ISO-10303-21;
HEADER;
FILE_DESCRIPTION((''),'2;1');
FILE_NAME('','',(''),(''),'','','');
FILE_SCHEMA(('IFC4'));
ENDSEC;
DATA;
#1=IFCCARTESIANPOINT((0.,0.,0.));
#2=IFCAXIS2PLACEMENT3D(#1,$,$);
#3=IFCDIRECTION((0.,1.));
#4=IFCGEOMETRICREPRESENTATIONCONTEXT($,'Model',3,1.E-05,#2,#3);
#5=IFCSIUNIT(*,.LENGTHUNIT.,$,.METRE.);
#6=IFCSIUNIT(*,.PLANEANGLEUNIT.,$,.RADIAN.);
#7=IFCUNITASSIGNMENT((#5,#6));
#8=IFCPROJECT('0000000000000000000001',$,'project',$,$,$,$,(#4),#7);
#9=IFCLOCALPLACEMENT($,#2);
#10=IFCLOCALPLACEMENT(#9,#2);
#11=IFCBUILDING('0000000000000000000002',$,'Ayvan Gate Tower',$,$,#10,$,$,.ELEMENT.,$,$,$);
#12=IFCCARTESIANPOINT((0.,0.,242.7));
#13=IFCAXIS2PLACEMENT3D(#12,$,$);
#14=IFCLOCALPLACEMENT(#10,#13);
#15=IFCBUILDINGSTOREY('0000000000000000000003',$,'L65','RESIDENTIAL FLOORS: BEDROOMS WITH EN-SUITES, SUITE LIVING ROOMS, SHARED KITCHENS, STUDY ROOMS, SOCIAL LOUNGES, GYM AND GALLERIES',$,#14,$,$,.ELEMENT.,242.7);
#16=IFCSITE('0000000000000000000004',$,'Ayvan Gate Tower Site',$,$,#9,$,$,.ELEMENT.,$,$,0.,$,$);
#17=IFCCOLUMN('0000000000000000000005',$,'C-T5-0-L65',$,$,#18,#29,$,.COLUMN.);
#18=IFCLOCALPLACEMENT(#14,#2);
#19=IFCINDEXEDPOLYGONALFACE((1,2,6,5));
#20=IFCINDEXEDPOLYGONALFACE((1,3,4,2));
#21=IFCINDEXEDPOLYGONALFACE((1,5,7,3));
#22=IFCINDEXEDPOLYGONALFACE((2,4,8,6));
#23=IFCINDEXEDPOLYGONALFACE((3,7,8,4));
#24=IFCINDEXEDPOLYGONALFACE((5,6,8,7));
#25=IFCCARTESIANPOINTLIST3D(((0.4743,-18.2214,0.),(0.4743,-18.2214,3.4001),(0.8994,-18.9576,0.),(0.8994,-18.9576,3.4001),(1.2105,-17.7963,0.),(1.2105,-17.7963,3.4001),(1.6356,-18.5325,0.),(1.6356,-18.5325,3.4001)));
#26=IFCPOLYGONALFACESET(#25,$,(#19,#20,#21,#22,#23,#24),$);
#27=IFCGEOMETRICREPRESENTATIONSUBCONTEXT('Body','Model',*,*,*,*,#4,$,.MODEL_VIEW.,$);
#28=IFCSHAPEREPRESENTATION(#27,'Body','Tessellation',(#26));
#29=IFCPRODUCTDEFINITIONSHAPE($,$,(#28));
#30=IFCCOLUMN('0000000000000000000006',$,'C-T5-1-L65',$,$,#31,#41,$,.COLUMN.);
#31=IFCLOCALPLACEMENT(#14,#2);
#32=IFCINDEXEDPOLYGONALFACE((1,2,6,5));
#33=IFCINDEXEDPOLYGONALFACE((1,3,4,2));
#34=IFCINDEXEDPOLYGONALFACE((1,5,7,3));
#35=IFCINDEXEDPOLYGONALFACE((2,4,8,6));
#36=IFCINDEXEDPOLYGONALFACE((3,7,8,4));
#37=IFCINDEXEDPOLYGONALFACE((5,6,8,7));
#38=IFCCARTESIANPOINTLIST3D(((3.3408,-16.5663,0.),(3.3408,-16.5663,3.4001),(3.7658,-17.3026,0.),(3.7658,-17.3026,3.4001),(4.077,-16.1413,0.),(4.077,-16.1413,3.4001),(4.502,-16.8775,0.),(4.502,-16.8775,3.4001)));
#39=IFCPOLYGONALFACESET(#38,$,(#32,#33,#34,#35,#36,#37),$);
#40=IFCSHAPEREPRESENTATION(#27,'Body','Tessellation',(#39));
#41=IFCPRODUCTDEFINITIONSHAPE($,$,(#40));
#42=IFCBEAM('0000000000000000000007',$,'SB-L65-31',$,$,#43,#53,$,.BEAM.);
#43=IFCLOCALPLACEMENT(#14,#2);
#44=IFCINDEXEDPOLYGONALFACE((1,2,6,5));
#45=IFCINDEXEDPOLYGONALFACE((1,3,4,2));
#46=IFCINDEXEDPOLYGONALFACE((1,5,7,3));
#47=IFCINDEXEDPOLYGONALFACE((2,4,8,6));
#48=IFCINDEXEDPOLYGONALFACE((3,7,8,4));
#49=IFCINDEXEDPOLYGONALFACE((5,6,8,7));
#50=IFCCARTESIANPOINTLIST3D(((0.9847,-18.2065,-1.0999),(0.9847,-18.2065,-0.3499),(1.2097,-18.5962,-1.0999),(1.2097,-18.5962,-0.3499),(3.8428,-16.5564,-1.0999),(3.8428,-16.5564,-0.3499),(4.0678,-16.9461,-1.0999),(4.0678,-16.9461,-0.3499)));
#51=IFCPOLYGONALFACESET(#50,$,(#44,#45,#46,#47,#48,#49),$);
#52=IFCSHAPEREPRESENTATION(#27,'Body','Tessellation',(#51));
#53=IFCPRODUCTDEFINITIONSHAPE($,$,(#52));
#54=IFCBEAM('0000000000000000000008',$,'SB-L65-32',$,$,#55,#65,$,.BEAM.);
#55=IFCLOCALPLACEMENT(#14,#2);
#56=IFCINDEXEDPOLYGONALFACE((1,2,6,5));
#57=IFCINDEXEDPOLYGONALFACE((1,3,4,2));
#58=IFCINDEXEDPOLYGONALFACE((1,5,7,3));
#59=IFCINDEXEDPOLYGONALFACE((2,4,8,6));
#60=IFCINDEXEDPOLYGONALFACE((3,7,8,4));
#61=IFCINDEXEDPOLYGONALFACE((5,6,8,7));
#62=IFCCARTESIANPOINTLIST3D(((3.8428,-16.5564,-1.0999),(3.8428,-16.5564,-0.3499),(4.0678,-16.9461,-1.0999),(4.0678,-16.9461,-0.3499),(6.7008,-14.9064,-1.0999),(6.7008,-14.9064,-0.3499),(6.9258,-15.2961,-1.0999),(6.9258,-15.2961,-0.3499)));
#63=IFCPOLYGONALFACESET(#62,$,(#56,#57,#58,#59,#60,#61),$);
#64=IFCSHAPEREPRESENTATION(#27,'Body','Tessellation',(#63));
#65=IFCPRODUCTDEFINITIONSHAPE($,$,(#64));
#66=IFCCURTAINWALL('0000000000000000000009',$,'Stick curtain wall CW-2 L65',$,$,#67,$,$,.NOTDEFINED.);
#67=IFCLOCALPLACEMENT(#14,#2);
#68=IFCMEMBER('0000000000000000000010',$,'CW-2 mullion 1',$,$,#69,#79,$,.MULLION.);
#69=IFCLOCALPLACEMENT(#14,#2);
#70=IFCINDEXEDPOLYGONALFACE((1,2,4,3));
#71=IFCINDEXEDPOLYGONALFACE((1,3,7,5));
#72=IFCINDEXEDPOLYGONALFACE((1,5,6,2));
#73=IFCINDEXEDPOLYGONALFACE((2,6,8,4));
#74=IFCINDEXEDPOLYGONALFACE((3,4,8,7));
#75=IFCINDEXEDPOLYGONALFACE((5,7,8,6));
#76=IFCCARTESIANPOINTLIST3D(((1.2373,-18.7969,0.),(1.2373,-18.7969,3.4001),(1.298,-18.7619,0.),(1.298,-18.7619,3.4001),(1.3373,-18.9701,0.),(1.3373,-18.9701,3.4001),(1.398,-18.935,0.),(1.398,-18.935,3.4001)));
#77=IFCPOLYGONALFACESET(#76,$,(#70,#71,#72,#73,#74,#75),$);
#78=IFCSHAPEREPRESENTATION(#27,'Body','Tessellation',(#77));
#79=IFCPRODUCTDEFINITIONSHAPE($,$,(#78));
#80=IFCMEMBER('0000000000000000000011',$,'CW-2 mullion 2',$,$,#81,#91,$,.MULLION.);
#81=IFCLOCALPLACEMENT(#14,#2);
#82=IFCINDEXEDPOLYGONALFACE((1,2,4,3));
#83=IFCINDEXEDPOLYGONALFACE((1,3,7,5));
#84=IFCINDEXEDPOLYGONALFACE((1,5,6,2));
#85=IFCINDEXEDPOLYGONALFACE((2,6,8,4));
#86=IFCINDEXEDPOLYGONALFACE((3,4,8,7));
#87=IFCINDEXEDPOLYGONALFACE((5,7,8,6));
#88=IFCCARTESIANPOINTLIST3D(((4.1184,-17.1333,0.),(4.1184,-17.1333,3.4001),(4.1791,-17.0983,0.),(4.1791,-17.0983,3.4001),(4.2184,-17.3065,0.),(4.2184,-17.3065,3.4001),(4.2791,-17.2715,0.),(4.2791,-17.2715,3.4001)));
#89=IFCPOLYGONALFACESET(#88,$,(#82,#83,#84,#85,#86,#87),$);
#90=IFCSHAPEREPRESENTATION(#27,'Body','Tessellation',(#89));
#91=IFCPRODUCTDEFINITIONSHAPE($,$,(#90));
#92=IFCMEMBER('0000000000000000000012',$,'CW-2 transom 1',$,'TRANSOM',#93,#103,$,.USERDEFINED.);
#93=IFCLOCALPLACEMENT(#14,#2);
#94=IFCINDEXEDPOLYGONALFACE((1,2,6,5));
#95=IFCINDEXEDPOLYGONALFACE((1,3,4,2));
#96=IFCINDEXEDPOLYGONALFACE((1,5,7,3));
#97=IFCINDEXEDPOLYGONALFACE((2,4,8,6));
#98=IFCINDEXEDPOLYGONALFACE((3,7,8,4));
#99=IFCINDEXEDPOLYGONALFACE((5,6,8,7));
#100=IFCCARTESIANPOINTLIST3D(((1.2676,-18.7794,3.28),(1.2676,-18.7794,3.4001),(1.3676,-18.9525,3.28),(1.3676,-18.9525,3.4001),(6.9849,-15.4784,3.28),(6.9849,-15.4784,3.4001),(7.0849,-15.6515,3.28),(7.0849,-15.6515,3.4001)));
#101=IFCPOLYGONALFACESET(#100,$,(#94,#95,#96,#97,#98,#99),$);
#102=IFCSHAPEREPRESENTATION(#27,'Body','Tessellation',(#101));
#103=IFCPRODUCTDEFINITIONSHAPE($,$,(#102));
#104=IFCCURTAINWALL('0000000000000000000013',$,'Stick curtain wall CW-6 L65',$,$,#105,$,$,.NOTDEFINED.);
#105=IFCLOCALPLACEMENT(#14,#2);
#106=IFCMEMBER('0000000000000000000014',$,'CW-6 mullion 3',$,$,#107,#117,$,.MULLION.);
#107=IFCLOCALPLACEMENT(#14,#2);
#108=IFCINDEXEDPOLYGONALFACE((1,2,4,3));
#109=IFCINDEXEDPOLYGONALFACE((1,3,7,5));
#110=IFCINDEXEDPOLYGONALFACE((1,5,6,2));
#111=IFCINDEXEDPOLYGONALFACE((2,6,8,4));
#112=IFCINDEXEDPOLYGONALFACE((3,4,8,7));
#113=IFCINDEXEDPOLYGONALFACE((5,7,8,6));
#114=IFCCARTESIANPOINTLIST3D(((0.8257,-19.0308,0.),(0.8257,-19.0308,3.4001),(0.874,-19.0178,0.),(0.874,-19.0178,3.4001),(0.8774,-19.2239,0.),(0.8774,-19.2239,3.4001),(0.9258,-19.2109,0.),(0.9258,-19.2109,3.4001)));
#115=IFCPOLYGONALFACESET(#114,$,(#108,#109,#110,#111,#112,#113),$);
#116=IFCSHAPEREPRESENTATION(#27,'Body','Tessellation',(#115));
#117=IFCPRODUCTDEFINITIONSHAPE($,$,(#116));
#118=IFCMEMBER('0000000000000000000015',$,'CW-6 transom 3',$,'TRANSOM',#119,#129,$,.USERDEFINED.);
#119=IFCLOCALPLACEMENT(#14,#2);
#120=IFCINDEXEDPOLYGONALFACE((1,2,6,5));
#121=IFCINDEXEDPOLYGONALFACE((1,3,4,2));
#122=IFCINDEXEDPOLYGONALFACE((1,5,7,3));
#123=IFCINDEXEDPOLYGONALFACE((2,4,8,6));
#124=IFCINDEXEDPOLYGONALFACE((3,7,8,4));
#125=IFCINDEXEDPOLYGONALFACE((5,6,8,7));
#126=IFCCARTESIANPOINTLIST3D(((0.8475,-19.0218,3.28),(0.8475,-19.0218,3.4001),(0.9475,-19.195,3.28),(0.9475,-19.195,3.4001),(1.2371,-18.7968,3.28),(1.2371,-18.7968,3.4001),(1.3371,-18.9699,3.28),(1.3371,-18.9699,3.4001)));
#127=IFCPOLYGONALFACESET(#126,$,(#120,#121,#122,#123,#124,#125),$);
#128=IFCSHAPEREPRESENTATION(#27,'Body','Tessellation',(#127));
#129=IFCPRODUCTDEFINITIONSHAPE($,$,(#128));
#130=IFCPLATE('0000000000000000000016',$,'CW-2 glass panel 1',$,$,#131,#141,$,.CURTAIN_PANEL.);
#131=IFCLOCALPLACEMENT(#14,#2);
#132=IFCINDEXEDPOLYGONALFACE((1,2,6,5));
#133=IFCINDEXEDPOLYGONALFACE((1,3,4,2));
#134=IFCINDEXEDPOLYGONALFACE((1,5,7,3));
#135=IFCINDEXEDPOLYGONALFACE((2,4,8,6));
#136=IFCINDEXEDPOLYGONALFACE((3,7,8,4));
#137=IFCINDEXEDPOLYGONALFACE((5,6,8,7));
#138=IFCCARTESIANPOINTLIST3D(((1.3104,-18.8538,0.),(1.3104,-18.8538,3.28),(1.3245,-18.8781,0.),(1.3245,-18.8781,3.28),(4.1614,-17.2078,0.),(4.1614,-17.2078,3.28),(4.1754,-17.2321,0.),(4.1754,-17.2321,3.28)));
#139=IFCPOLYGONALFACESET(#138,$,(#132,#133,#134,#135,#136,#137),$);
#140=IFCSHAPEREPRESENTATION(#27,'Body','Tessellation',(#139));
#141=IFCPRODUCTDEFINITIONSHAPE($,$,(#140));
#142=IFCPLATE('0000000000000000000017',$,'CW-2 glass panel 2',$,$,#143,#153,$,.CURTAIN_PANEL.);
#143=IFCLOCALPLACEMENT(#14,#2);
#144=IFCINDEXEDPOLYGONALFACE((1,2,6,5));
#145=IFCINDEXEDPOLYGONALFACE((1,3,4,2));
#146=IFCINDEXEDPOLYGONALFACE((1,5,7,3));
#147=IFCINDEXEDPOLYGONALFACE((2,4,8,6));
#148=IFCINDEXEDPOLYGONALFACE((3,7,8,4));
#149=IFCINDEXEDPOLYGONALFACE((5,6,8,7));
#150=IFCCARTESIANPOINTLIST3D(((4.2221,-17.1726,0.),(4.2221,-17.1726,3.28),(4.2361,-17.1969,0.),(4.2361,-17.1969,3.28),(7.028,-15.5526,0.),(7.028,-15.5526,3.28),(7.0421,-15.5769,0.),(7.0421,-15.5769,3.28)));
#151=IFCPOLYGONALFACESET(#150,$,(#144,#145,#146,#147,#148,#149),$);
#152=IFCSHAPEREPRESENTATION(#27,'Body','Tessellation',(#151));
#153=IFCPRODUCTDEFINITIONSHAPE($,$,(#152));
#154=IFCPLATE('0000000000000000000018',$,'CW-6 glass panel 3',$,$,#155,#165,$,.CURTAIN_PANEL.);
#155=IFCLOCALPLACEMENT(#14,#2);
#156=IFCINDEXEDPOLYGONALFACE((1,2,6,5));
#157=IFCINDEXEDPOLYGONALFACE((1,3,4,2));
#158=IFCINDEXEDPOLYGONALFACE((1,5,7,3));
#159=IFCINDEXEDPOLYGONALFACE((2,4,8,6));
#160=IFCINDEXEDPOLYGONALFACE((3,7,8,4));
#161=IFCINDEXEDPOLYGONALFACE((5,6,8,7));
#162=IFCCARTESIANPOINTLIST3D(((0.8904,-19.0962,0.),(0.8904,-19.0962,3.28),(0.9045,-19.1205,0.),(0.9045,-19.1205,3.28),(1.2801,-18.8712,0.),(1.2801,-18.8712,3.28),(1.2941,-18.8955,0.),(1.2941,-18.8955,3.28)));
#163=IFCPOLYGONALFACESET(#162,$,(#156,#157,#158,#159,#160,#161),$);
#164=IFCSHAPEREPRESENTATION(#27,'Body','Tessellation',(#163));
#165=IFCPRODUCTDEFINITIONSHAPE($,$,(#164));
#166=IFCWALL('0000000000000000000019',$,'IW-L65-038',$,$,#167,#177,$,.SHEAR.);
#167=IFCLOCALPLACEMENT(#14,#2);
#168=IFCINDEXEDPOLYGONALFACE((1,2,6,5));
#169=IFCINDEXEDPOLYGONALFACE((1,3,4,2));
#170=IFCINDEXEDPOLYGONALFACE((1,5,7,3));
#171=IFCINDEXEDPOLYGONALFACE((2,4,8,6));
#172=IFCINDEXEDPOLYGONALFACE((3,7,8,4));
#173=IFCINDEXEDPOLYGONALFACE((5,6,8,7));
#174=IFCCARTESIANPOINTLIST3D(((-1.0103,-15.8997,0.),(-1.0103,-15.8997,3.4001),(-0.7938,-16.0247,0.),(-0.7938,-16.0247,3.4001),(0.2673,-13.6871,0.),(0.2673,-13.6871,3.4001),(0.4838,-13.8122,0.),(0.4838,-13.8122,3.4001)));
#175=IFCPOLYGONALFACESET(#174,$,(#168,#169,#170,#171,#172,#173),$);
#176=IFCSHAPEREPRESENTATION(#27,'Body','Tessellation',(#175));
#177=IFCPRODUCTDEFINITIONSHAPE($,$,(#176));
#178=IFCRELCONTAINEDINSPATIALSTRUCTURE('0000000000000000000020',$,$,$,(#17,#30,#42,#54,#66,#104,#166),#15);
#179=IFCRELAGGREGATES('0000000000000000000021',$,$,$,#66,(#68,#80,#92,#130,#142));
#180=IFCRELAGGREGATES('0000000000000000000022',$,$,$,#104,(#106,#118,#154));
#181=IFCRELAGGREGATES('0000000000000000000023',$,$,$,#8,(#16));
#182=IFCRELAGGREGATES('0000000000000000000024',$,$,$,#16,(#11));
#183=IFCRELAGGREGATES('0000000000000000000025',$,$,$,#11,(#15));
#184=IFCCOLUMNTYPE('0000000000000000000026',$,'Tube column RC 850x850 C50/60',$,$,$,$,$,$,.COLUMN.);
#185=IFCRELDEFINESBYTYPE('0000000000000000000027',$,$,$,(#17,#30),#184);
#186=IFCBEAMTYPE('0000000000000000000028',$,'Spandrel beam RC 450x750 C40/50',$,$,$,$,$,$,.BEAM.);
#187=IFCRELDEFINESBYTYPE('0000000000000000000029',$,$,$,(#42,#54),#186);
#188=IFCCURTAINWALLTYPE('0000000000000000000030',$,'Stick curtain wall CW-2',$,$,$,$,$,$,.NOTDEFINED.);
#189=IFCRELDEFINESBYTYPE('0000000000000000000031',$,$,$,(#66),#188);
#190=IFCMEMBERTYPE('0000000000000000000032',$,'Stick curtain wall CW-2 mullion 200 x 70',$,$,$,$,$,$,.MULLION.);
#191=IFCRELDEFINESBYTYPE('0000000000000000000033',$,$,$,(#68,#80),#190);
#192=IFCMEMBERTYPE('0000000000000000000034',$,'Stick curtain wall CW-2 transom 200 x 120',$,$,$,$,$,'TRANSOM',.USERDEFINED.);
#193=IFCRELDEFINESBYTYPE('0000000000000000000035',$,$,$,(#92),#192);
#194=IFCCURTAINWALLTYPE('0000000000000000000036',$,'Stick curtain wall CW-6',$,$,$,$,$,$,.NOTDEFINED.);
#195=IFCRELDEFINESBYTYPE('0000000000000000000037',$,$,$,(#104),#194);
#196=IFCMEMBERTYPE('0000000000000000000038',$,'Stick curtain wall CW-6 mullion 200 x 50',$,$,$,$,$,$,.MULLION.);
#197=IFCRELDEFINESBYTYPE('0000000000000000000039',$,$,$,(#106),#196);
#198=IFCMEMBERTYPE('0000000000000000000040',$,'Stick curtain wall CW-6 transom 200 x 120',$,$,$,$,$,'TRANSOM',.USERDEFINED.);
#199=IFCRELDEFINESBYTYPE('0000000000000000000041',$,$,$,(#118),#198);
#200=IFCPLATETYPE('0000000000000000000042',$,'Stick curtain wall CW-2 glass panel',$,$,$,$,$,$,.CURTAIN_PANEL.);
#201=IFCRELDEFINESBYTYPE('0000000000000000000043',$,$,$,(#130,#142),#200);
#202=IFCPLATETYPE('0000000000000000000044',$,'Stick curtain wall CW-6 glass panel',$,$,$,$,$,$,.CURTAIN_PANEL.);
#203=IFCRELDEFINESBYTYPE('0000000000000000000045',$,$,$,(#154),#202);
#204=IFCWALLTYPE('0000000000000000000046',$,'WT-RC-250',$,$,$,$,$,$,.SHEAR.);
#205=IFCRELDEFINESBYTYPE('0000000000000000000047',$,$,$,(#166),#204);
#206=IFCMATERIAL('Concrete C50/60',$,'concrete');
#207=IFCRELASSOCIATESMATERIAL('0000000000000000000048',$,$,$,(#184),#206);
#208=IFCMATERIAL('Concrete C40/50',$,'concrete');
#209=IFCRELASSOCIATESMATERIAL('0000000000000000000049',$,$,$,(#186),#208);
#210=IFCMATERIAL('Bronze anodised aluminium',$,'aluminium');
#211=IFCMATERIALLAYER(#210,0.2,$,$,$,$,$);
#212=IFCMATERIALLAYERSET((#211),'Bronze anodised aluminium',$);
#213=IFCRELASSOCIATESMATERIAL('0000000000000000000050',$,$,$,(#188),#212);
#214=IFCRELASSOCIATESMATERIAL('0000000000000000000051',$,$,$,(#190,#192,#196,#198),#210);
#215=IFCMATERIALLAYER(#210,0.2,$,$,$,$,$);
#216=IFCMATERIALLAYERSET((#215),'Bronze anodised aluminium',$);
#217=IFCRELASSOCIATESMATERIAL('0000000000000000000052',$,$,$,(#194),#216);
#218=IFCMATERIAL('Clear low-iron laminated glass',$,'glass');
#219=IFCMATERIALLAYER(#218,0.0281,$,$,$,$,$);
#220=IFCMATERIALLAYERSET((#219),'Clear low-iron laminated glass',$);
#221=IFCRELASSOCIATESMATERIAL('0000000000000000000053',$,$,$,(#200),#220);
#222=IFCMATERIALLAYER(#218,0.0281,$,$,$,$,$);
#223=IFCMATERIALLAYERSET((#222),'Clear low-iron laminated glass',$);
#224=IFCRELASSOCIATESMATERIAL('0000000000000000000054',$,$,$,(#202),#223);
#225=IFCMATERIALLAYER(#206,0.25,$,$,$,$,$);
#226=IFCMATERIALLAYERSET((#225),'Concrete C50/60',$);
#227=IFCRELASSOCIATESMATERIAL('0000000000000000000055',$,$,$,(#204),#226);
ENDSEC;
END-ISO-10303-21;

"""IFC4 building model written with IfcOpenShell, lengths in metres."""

from ifc_helpers import new_model, si_unit, direction, frame, frame_2d, origin, origin_2d, place, context, subcontext, project, spatial, rectangle, extrude, material, layer, layer_set, material_profile, profile_set, type_object, element, aggregate, save


model = new_model("IFC4")

# Units and contexts
model_context = context("Model", 3, precision=1e-05, world=origin(), true_north=direction((0.0, 1.0)))
body_context = subcontext(model_context, "Body", "Model", "MODEL_VIEW")
ifc_project = project(units=[si_unit("LENGTHUNIT", "METRE"), si_unit("PLANEANGLEUNIT", "RADIAN")], contexts=[model_context])

# Site, building, storey
site_placement = place(None, origin())
site = spatial("IfcSite", under=ifc_project, at=site_placement, Name="Ayvan Gate Tower Site", CompositionType="ELEMENT", RefElevation=0.0)
building_placement = place(site_placement, origin())
building = spatial("IfcBuilding", under=site, at=building_placement, Name="Ayvan Gate Tower", CompositionType="ELEMENT")
storey_placement = place(building_placement, frame((0.0, 0.0, 242.7)))
storey = spatial("IfcBuildingStorey", under=building, at=storey_placement, Name="L65", Description="RESIDENTIAL FLOORS: BEDROOMS WITH EN-SUITES, SUITE LIVING ROOMS, SHARED KITCHENS, STUDY ROOMS, SOCIAL LOUNGES, GYM AND GALLERIES", CompositionType="ELEMENT", Elevation=242.7)

# Columns
ifc_material_1 = material(Name="Concrete C50/60", Category="concrete")
ifc_material_profile_1 = material_profile(ifc_material_1, rectangle(XDim=0.8501, YDim=0.8501, at=origin_2d()), Name="RC 850x850")
ifc_profile_set_1 = profile_set([ifc_material_profile_1], Name="Concrete C50/60")
column_type = type_object("IfcColumnType", Name="Tube column RC 850x850 C50/60", PredefinedType="COLUMN", material=ifc_profile_set_1)
for number, where, z_axis, x_axis, name in (
    (1, (1.0549, -18.377, 0.0), (0.0, 0.0, 1.0), (0.5, -0.866025, 0.0), "C-T5-0-L65"),
    (2, (3.9214, -16.7219, 0.0), (0.0, 0.0, 1.0), (0.5, -0.866025, 0.0), "C-T5-1-L65"),
):
    element("IfcColumn", number, at=place(storey_placement, frame(where, z_axis=z_axis, x_axis=x_axis)), inside=storey, type_object=column_type, Name=name, PredefinedType="COLUMN", context=body_context, shape_type="SweptSolid", body=[
        extrude(rectangle(XDim=0.8501, YDim=0.8501, at=origin_2d()), origin(), (0.0, 0.0, 1.0), 3.4001),
    ])

# Beams
ifc_material_2 = material(Name="Concrete C40/50", Category="concrete")
ifc_material_profile_2 = material_profile(ifc_material_2, rectangle(XDim=0.45, YDim=0.75, at=origin_2d()), Name="RC 450x750")
ifc_profile_set_2 = profile_set([ifc_material_profile_2], Name="Concrete C40/50")
beam_type = type_object("IfcBeamType", Name="Spandrel beam RC 450x750 C40/50", PredefinedType="BEAM", material=ifc_profile_set_2)
beam_1_placement = place(storey_placement, frame((1.0972, -18.4014, -0.7249), z_axis=(0.866027, 0.499998, 0.0), x_axis=(-0.499998, 0.866027, 0.0)))
element("IfcBeam", 3, at=beam_1_placement, inside=storey, type_object=beam_type, Name="SB-L65-31", PredefinedType="BEAM", context=body_context, shape_type="SweptSolid", body=[
    extrude(rectangle(XDim=0.45, YDim=0.75, at=origin_2d()), origin(), (0.0, 0.0, 1.0), 3.3003),
])
beam_2_placement = place(storey_placement, frame((3.9553, -16.7512, -0.7249), z_axis=(0.86604, 0.499974, 0.0), x_axis=(-0.499974, 0.86604, 0.0)))
element("IfcBeam", 4, at=beam_2_placement, inside=storey, type_object=beam_type, Name="SB-L65-32", PredefinedType="BEAM", context=body_context, shape_type="SweptSolid", body=[
    extrude(rectangle(XDim=0.45, YDim=0.75, at=origin_2d()), origin(), (0.0, 0.0, 1.0), 3.3),
])

# Curtain walls, members
ifc_material_3 = material(Name="Bronze anodised aluminium", Category="aluminium")
ifc_layer_1 = layer(ifc_material_3, 0.2)
ifc_layer_set_1 = layer_set([ifc_layer_1], Name="Bronze anodised aluminium")
curtain_wall_type_1 = type_object("IfcCurtainWallType", Name="Stick curtain wall CW-2", PredefinedType="NOTDEFINED", material=ifc_layer_set_1)
curtain_wall_1_placement = place(storey_placement, origin())
curtain_wall_1 = element("IfcCurtainWall", 5, at=curtain_wall_1_placement, inside=storey, type_object=curtain_wall_type_1, Name="Stick curtain wall CW-2 L65", PredefinedType="NOTDEFINED")
ifc_material_profile_3 = material_profile(ifc_material_3, rectangle(XDim=0.2, YDim=0.0701, at=origin_2d()), Name="Stick curtain wall CW-2 mullion 200 x 70")
ifc_profile_set_3 = profile_set([ifc_material_profile_3], Name="Bronze anodised aluminium")
member_type_1 = type_object("IfcMemberType", Name="Stick curtain wall CW-2 mullion 200 x 70", PredefinedType="MULLION", material=ifc_profile_set_3)
member_1_placement = place(storey_placement, frame((1.3176, -18.866, 0.0), z_axis=(0.0, 0.0, 1.0), x_axis=(0.5, -0.866025, 0.0)))
member_1 = element("IfcMember", 6, at=member_1_placement, type_object=member_type_1, Name="CW-2 mullion 1", PredefinedType="MULLION", context=body_context, shape_type="SweptSolid", body=[
    extrude(rectangle(XDim=0.2, YDim=0.0701, at=origin_2d()), origin(), (0.0, 0.0, 1.0), 3.4001),
])
member_2_placement = place(storey_placement, frame((4.1987, -17.2024, 0.0), z_axis=(0.0, 0.0, 1.0), x_axis=(0.5, -0.866025, 0.0)))
member_2 = element("IfcMember", 7, at=member_2_placement, type_object=member_type_1, Name="CW-2 mullion 2", PredefinedType="MULLION", context=body_context, shape_type="SweptSolid", body=[
    extrude(rectangle(XDim=0.2, YDim=0.0701, at=origin_2d()), origin(), (0.0, 0.0, 1.0), 3.4001),
])
ifc_material_profile_4 = material_profile(ifc_material_3, rectangle(XDim=0.2, YDim=0.1201, at=origin_2d()), Name="Stick curtain wall CW-2 transom 200 x 120")
ifc_profile_set_4 = profile_set([ifc_material_profile_4], Name="Bronze anodised aluminium")
member_type_2 = type_object("IfcMemberType", Name="Stick curtain wall CW-2 transom 200 x 120", ElementType="TRANSOM", PredefinedType="USERDEFINED", material=ifc_profile_set_4)
member_3_placement = place(storey_placement, frame((1.3176, -18.866, 3.3401), z_axis=(0.866016, 0.500017, 0.0), x_axis=(-0.500017, 0.866016, 0.0)))
member_3 = element("IfcMember", 8, at=member_3_placement, type_object=member_type_2, Name="CW-2 transom 1", ObjectType="TRANSOM", PredefinedType="USERDEFINED", context=body_context, shape_type="SweptSolid", body=[
    extrude(rectangle(XDim=0.2, YDim=0.1201, at=origin_2d()), origin(), (0.0, 0.0, 1.0), 6.6018),
])
ifc_layer_2 = layer(ifc_material_3, 0.2)
ifc_layer_set_2 = layer_set([ifc_layer_2], Name="Bronze anodised aluminium")
curtain_wall_type_2 = type_object("IfcCurtainWallType", Name="Stick curtain wall CW-6", PredefinedType="NOTDEFINED", material=ifc_layer_set_2)
curtain_wall_2_placement = place(storey_placement, origin())
curtain_wall_2 = element("IfcCurtainWall", 9, at=curtain_wall_2_placement, inside=storey, type_object=curtain_wall_type_2, Name="Stick curtain wall CW-6 L65", PredefinedType="NOTDEFINED")
ifc_material_profile_5 = material_profile(ifc_material_3, rectangle(XDim=0.2, YDim=0.05, at=origin_2d()), Name="Stick curtain wall CW-6 mullion 200 x 50")
ifc_profile_set_5 = profile_set([ifc_material_profile_5], Name="Bronze anodised aluminium")
member_type_3 = type_object("IfcMemberType", Name="Stick curtain wall CW-6 mullion 200 x 50", PredefinedType="MULLION", material=ifc_profile_set_5)
member_4_placement = place(storey_placement, frame((0.8757, -19.1208, 0.0), z_axis=(0.0, 0.0, 1.0), x_axis=(0.258819, -0.965926, 0.0)))
member_4 = element("IfcMember", 10, at=member_4_placement, type_object=member_type_3, Name="CW-6 mullion 3", PredefinedType="MULLION", context=body_context, shape_type="SweptSolid", body=[
    extrude(rectangle(XDim=0.2, YDim=0.05, at=origin_2d()), origin(), (0.0, 0.0, 1.0), 3.4001),
])
ifc_material_profile_6 = material_profile(ifc_material_3, rectangle(XDim=0.2, YDim=0.1201, at=origin_2d()), Name="Stick curtain wall CW-6 transom 200 x 120")
ifc_profile_set_6 = profile_set([ifc_material_profile_6], Name="Bronze anodised aluminium")
member_type_4 = type_object("IfcMemberType", Name="Stick curtain wall CW-6 transom 200 x 120", ElementType="TRANSOM", PredefinedType="USERDEFINED", material=ifc_profile_set_6)
member_5_placement = place(storey_placement, frame((0.8975, -19.1084, 3.3401), z_axis=(0.865896, 0.500223, 0.0), x_axis=(-0.500223, 0.865896, 0.0)))
member_5 = element("IfcMember", 11, at=member_5_placement, type_object=member_type_4, Name="CW-6 transom 3", ObjectType="TRANSOM", PredefinedType="USERDEFINED", context=body_context, shape_type="SweptSolid", body=[
    extrude(rectangle(XDim=0.2, YDim=0.1201, at=origin_2d()), origin(), (0.0, 0.0, 1.0), 0.45),
])

# Plates
ifc_material_4 = material(Name="Clear low-iron laminated glass", Category="glass")
ifc_layer_3 = layer(ifc_material_4, 0.0281)
ifc_layer_set_3 = layer_set([ifc_layer_3], Name="Clear low-iron laminated glass")
plate_type_1 = type_object("IfcPlateType", Name="Stick curtain wall CW-2 glass panel", PredefinedType="CURTAIN_PANEL", material=ifc_layer_set_3)
plate_1_placement = place(storey_placement, frame((2.7429, -18.043, 0.0), z_axis=(0.0, 0.0, 1.0), x_axis=(0.866025, 0.5, 0.0)))
plate_1 = element("IfcPlate", 12, at=plate_1_placement, type_object=plate_type_1, Name="CW-2 glass panel 1", PredefinedType="CURTAIN_PANEL", context=body_context, shape_type="SweptSolid", body=[
    extrude(rectangle(XDim=3.292, YDim=0.0281, at=origin_2d()), origin(), (0.0, 0.0, 1.0), 3.28),
])
plate_2_placement = place(storey_placement, frame((5.6321, -16.3748, 0.0), z_axis=(0.0, 0.0, 1.0), x_axis=(0.866025, 0.5, 0.0)))
plate_2 = element("IfcPlate", 13, at=plate_2_placement, type_object=plate_type_1, Name="CW-2 glass panel 2", PredefinedType="CURTAIN_PANEL", context=body_context, shape_type="SweptSolid", body=[
    extrude(rectangle(XDim=3.24, YDim=0.0281, at=origin_2d()), origin(), (0.0, 0.0, 1.0), 3.28),
])
aggregate(curtain_wall_1, [member_1, member_2, member_3, plate_1, plate_2])
ifc_layer_4 = layer(ifc_material_4, 0.0281)
ifc_layer_set_4 = layer_set([ifc_layer_4], Name="Clear low-iron laminated glass")
plate_type_2 = type_object("IfcPlateType", Name="Stick curtain wall CW-6 glass panel", PredefinedType="CURTAIN_PANEL", material=ifc_layer_set_4)
plate_3_placement = place(storey_placement, frame((1.0923, -18.9958, 0.0), z_axis=(0.0, 0.0, 1.0), x_axis=(0.866025, 0.5, 0.0)))
plate_3 = element("IfcPlate", 14, at=plate_3_placement, type_object=plate_type_2, Name="CW-6 glass panel 3", PredefinedType="CURTAIN_PANEL", context=body_context, shape_type="SweptSolid", body=[
    extrude(rectangle(XDim=0.45, YDim=0.0281, at=origin_2d()), origin(), (0.0, 0.0, 1.0), 3.28),
])
aggregate(curtain_wall_2, [member_4, member_5, plate_3])

# Wall
ifc_layer_5 = layer(ifc_material_1, 0.25)
ifc_layer_set_5 = layer_set([ifc_layer_5], Name="Concrete C50/60")
wall_type = type_object("IfcWallType", Name="WT-RC-250", PredefinedType="SHEAR", material=ifc_layer_set_5)
wall_1_placement = place(storey_placement, frame((0.3755, -13.7498, 0.0), z_axis=(0.0, 0.0, 1.0), x_axis=(-0.500034, -0.866006, 0.0)))
element("IfcWall", 15, at=wall_1_placement, inside=storey, type_object=wall_type, Name="IW-L65-038", PredefinedType="SHEAR", context=body_context, shape_type="SweptSolid", body=[
    extrude(rectangle(XDim=2.5549, YDim=0.25, at=frame_2d((1.2773, 0.0))), origin(), (0.0, 0.0, 1.0), 3.4001),
])

save(model, "model.ifc")
